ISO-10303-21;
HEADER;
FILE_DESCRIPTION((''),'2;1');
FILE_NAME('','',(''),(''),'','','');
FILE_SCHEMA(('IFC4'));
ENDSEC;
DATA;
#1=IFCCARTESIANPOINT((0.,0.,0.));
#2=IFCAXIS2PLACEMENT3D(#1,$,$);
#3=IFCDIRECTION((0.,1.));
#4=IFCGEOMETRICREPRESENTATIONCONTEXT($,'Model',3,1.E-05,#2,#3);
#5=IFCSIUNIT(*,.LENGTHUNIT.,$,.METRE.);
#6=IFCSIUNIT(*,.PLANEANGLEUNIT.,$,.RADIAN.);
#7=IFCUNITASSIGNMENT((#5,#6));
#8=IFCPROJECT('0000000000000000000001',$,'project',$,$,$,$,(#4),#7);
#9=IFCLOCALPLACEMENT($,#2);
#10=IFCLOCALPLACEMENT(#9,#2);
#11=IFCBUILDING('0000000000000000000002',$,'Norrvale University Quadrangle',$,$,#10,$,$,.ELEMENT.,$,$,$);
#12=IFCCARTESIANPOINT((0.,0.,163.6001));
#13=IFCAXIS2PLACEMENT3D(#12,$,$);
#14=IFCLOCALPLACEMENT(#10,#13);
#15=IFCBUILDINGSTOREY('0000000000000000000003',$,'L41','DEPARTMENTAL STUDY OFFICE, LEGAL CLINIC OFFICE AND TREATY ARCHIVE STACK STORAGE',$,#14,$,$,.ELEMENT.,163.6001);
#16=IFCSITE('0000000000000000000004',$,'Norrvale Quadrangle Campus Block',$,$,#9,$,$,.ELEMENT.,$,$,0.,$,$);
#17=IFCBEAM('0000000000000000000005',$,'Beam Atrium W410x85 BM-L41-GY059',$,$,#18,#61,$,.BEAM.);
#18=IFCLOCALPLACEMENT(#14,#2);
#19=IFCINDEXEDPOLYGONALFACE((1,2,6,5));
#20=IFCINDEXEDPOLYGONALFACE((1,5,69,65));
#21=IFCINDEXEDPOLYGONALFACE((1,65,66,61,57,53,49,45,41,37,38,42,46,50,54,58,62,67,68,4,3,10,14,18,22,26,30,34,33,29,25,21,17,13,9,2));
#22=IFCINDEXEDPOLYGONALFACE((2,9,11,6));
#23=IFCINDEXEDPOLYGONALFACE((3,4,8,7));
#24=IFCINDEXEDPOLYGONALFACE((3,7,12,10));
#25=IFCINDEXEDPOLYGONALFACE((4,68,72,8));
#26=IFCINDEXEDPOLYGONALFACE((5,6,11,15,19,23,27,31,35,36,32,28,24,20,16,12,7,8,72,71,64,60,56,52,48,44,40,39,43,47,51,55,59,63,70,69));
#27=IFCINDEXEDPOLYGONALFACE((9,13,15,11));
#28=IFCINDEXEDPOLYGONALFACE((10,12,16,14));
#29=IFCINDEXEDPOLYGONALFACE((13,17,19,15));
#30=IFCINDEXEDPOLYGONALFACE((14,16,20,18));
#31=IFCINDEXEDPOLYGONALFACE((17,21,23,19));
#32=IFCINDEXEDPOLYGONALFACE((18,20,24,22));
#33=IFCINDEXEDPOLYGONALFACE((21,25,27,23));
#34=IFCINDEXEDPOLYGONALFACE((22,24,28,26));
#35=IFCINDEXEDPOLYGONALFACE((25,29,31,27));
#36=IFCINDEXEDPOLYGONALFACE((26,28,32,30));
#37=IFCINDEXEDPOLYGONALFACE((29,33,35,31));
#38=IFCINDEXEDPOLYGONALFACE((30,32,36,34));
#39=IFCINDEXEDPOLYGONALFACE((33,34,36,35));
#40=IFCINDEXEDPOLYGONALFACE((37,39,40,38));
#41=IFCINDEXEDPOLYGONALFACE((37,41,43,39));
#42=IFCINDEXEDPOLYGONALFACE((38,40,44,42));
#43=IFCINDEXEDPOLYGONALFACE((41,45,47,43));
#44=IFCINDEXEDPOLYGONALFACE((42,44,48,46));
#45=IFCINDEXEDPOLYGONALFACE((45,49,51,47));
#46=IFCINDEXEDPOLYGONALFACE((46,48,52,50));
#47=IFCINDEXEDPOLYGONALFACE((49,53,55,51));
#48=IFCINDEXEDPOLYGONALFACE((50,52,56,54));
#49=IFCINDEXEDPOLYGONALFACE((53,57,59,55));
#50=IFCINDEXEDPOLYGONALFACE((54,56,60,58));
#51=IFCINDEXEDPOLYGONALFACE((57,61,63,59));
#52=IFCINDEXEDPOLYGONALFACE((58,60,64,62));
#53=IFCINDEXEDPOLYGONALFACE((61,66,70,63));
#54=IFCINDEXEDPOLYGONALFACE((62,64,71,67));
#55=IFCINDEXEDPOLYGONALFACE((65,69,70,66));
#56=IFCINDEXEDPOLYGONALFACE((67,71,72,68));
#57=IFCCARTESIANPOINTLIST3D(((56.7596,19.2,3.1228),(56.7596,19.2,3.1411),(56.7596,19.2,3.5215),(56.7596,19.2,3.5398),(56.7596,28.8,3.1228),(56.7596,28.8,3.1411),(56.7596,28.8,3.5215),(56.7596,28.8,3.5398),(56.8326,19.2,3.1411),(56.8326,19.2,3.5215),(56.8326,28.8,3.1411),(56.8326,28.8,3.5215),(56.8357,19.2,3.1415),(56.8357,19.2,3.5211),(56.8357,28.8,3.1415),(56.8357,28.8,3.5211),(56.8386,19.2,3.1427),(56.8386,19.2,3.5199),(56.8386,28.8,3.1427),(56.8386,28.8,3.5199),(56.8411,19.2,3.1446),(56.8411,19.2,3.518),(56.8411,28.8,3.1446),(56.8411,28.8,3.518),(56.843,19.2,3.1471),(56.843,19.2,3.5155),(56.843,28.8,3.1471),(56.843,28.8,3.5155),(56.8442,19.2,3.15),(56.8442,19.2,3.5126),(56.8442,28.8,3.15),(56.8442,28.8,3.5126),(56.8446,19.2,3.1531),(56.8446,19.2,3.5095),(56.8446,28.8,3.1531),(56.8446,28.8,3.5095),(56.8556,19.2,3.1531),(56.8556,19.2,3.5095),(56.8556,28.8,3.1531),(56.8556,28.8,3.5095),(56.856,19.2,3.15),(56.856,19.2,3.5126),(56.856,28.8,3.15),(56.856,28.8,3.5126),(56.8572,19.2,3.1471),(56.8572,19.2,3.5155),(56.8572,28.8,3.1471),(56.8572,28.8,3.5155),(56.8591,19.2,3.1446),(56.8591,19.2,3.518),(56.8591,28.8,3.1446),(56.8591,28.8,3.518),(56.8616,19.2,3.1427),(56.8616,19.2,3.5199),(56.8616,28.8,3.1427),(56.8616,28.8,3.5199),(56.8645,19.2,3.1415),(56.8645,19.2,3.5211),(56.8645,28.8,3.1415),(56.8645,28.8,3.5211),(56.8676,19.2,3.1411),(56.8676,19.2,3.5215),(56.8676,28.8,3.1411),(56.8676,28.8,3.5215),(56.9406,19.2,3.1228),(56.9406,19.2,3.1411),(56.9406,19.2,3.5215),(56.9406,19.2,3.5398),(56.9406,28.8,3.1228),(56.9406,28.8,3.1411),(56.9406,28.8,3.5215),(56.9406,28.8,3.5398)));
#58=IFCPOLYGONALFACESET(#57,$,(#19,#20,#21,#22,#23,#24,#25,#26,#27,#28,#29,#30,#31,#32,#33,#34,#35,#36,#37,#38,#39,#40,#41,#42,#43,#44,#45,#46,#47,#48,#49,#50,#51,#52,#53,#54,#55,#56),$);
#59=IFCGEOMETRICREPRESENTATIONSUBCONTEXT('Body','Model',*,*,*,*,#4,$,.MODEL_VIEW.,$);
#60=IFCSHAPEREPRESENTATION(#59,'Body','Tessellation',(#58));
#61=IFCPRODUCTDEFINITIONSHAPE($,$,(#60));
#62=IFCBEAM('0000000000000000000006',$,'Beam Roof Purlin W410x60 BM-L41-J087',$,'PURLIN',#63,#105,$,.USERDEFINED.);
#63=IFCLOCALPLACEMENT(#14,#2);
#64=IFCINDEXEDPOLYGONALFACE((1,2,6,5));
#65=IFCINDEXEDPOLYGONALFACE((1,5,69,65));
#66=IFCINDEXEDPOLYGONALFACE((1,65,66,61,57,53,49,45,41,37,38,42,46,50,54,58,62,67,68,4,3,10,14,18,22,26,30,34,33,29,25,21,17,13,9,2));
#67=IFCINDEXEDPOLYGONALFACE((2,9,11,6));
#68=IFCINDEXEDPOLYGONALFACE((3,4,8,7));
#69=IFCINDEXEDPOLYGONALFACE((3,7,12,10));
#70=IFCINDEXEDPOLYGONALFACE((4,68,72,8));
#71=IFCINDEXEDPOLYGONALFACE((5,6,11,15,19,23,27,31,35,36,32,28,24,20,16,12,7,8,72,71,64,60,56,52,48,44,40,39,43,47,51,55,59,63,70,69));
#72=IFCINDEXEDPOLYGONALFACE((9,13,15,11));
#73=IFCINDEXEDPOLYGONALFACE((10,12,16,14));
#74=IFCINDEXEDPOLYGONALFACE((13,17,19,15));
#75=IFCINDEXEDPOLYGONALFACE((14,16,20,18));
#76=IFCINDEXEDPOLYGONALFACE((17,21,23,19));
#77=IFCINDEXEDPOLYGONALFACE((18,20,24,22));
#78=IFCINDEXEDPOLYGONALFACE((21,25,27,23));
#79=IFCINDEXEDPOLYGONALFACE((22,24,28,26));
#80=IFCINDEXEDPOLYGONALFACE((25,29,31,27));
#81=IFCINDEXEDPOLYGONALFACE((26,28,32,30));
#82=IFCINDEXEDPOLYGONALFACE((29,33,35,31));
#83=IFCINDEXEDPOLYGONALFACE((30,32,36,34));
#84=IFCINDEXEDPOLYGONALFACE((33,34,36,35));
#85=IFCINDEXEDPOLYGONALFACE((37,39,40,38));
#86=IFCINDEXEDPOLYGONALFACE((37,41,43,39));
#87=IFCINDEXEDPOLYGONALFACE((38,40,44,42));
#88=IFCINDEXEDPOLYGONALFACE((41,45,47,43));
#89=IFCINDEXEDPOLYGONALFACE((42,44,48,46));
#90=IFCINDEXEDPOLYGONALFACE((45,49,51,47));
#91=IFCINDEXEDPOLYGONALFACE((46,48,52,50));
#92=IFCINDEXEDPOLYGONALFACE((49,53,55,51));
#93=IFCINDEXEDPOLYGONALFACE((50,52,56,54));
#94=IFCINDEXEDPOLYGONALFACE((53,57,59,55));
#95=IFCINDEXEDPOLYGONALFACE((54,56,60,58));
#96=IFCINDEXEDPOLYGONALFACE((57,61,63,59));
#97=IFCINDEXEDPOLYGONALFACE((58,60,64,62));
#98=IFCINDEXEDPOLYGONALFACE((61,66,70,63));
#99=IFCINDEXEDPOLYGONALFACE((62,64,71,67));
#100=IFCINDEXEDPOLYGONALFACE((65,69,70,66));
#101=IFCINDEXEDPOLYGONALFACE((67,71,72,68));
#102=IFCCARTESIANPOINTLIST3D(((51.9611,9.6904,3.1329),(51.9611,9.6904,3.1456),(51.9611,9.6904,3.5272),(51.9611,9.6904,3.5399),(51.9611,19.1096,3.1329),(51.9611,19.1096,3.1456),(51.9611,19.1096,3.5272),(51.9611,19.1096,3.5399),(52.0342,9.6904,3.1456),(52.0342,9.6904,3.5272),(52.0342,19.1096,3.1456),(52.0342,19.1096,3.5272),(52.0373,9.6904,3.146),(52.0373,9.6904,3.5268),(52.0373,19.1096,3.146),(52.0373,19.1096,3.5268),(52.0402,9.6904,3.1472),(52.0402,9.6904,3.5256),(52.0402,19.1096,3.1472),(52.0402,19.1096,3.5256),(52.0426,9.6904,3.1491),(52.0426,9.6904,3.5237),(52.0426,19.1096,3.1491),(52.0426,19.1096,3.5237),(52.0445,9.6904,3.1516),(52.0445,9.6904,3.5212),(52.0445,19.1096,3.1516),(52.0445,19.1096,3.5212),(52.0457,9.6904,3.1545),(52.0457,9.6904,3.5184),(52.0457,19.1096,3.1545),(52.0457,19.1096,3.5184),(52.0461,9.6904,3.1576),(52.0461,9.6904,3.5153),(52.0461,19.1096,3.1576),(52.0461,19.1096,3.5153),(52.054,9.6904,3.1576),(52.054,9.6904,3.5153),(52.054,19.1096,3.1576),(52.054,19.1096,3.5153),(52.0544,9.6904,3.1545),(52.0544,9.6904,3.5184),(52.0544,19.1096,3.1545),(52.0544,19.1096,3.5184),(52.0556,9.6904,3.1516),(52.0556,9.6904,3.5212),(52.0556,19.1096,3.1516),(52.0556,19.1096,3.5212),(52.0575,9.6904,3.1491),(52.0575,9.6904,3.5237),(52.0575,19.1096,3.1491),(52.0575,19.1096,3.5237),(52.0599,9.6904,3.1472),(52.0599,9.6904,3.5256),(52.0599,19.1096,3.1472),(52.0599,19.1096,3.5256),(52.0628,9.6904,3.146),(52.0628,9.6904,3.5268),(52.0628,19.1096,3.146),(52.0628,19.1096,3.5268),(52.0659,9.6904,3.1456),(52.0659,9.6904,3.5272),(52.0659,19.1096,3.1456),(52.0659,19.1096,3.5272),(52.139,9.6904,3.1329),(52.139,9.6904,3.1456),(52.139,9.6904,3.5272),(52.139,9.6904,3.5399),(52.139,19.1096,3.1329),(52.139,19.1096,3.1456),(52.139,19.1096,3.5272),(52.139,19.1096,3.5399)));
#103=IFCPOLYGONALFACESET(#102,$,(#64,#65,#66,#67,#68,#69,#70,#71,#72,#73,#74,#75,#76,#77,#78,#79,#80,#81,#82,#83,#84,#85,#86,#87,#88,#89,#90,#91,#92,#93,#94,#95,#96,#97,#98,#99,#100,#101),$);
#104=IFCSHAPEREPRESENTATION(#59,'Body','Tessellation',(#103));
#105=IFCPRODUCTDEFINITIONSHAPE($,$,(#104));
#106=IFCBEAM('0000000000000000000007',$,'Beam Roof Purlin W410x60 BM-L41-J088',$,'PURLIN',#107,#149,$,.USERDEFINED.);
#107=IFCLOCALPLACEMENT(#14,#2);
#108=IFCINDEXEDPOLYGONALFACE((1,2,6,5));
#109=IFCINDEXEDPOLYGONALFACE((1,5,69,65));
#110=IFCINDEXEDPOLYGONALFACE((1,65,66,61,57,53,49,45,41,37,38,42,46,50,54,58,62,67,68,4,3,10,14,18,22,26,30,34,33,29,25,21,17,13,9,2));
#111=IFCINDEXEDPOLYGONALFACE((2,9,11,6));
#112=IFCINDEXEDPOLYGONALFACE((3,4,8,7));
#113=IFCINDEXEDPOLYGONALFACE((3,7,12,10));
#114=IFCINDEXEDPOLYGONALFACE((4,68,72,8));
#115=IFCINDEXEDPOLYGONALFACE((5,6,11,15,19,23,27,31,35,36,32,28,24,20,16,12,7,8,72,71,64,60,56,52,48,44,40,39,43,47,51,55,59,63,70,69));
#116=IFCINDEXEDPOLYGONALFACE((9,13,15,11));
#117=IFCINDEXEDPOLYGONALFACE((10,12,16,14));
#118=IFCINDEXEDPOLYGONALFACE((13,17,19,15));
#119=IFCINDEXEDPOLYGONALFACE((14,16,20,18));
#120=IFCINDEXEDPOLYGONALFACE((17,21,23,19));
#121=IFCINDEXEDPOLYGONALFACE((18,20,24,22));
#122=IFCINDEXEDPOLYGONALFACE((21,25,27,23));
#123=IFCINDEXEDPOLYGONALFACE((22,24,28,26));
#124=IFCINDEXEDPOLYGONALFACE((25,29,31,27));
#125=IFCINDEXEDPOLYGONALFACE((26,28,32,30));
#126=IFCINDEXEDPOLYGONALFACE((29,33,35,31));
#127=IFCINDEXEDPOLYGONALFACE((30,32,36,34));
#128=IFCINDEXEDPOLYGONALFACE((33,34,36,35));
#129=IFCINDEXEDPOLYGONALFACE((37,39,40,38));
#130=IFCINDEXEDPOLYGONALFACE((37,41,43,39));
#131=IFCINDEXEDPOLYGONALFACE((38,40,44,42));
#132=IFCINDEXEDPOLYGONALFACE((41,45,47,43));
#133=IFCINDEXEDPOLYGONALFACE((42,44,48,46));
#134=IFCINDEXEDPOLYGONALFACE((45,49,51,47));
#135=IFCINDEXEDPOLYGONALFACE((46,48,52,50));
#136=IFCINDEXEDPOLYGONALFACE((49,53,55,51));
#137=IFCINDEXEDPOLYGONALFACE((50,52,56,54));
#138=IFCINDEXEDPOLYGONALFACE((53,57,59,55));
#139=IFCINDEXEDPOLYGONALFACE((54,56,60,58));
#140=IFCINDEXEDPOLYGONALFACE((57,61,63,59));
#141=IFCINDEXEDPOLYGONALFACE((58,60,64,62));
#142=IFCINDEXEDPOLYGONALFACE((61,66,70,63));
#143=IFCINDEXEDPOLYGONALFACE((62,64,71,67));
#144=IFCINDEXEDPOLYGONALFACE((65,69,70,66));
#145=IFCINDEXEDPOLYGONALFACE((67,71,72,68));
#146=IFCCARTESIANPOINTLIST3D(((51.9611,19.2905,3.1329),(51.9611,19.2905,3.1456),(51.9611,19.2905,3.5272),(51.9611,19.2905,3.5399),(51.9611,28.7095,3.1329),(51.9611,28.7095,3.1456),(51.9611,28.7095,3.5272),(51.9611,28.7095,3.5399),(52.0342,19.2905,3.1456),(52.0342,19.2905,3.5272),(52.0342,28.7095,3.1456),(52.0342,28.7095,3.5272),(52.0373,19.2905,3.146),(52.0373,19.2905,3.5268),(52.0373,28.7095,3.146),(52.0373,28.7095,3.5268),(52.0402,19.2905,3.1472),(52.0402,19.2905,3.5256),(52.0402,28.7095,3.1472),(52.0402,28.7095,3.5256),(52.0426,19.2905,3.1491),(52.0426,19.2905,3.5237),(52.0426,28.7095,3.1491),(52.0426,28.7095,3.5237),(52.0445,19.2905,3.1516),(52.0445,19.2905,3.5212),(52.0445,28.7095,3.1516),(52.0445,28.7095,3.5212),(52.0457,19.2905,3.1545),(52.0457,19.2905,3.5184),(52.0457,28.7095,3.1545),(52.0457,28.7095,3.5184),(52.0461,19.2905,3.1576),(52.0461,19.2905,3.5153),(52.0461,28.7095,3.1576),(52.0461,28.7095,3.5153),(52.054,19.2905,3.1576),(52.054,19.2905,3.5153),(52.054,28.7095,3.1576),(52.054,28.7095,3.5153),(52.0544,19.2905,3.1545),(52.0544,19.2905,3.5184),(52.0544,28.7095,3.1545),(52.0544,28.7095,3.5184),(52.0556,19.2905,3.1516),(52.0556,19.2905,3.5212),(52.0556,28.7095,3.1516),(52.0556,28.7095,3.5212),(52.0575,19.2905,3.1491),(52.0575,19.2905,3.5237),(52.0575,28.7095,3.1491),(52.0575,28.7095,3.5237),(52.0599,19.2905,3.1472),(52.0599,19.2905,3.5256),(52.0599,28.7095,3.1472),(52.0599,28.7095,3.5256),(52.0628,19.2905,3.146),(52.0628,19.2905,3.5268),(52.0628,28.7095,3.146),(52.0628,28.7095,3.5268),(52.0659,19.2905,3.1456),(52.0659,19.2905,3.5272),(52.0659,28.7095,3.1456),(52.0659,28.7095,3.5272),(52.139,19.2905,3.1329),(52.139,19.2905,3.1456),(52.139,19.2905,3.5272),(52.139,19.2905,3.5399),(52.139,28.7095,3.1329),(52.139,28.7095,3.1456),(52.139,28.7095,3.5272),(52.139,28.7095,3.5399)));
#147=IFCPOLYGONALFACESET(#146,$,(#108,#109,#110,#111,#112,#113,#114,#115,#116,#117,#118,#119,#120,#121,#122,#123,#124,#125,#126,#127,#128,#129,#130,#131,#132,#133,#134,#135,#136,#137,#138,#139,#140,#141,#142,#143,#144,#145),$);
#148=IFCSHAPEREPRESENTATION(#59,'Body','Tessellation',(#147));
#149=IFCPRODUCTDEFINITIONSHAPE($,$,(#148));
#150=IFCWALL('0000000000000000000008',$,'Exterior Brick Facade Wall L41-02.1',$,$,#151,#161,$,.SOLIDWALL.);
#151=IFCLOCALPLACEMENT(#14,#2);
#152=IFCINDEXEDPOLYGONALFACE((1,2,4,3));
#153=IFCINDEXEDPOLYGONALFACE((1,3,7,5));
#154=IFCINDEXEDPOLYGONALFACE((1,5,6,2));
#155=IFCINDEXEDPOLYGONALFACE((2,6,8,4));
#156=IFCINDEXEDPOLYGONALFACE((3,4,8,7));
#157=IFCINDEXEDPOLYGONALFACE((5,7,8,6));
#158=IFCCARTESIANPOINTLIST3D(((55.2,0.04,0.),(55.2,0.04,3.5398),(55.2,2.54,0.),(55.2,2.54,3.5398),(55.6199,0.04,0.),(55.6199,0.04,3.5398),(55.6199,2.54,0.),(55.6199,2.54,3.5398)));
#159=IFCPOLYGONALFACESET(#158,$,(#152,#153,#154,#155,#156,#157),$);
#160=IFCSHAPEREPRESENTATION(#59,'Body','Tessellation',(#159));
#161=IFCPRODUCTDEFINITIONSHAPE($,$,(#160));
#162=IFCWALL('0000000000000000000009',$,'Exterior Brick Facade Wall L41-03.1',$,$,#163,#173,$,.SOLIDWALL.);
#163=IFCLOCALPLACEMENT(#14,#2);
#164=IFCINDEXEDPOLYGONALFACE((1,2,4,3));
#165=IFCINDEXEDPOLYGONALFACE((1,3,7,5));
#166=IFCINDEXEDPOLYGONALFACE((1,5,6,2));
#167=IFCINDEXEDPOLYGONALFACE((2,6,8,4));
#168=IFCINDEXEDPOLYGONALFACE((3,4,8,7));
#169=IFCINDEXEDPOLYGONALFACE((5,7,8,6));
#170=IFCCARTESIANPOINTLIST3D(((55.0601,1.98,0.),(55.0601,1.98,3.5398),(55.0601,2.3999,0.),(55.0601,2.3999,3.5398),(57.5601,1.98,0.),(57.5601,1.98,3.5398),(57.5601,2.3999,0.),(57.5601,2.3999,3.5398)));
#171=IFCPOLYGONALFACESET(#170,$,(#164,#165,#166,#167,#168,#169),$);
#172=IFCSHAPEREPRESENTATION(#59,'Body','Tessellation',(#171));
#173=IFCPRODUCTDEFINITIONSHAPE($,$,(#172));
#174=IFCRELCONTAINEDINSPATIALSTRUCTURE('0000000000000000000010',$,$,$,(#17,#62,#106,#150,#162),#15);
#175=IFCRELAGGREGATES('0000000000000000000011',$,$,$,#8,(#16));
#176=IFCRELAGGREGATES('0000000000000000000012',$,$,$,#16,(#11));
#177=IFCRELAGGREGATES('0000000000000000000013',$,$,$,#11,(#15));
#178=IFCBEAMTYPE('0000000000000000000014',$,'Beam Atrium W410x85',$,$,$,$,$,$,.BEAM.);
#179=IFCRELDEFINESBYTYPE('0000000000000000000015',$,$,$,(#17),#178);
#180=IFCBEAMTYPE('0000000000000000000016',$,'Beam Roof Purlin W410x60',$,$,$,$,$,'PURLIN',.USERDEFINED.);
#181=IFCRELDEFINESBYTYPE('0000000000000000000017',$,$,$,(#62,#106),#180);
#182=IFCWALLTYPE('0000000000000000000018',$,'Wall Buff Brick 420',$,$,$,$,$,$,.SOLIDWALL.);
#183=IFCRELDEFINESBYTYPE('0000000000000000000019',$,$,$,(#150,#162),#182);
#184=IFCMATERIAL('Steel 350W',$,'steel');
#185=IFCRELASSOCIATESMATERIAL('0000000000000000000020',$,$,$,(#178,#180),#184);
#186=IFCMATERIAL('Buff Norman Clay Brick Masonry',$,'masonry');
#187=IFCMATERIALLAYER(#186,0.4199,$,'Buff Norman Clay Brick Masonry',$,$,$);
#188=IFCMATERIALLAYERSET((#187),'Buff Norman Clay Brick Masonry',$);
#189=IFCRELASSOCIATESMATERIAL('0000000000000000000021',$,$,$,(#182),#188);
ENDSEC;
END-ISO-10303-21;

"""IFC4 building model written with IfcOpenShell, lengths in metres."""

from ifc_helpers import new_model, si_unit, direction, frame, frame_2d, origin, origin_2d, place, context, subcontext, project, spatial, rectangle, i_section, extrude, material, layer, layer_set, material_profile, profile_set, type_object, element, save


model = new_model("IFC4")

# Units and contexts
model_context = context("Model", 3, precision=1e-05, world=origin(), true_north=direction((0.0, 1.0)))
body_context = subcontext(model_context, "Body", "Model", "MODEL_VIEW")
ifc_project = project(units=[si_unit("LENGTHUNIT", "METRE"), si_unit("PLANEANGLEUNIT", "RADIAN")], contexts=[model_context])

# Site, building, storey
site_placement = place(None, origin())
site = spatial("IfcSite", under=ifc_project, at=site_placement, Name="Norrvale Quadrangle Campus Block", CompositionType="ELEMENT", RefElevation=0.0)
building_placement = place(site_placement, origin())
building = spatial("IfcBuilding", under=site, at=building_placement, Name="Norrvale University Quadrangle", CompositionType="ELEMENT")
storey_placement = place(building_placement, frame((0.0, 0.0, 163.6001)))
storey = spatial("IfcBuildingStorey", under=building, at=storey_placement, Name="L41", Description="DEPARTMENTAL STUDY OFFICE, LEGAL CLINIC OFFICE AND TREATY ARCHIVE STACK STORAGE", CompositionType="ELEMENT", Elevation=163.6001)

# Beams
ifc_material_1 = material(Name="Steel 350W", Category="steel")
ifc_material_profile_1 = material_profile(ifc_material_1, i_section(OverallWidth=0.1809, OverallDepth=0.417, WebThickness=0.011, FlangeThickness=0.0183, FilletRadius=0.012, at=origin_2d()), Name="Steel 350W")
ifc_profile_set_1 = profile_set([ifc_material_profile_1], Name="Steel 350W")
beam_type_1 = type_object("IfcBeamType", Name="Beam Atrium W410x85", PredefinedType="BEAM", material=ifc_profile_set_1)
beam_1_placement = place(storey_placement, frame((56.8501, 19.2, 3.3313), z_axis=(0.0, 1.0, 0.0), x_axis=(-1.0, 0.0, 0.0)))
element("IfcBeam", 1, at=beam_1_placement, inside=storey, type_object=beam_type_1, Name="Beam Atrium W410x85 BM-L41-GY059", PredefinedType="BEAM", context=body_context, shape_type="SweptSolid", body=[
    extrude(i_section(OverallWidth=0.1809, OverallDepth=0.417, WebThickness=0.011, FlangeThickness=0.0183, FilletRadius=0.012, at=origin_2d()), origin(), (0.0, 0.0, 1.0), 9.6001),
])
ifc_material_profile_2 = material_profile(ifc_material_1, i_section(OverallWidth=0.178, OverallDepth=0.407, WebThickness=0.0078, FlangeThickness=0.0127, FilletRadius=0.012, at=origin_2d()), Name="Steel 350W")
ifc_profile_set_2 = profile_set([ifc_material_profile_2], Name="Steel 350W")
beam_type_2 = type_object("IfcBeamType", Name="Beam Roof Purlin W410x60", ElementType="PURLIN", PredefinedType="USERDEFINED", material=ifc_profile_set_2)
beam_2_placement = place(storey_placement, frame((52.05, 9.6904, 3.3364), z_axis=(0.0, 1.0, 0.0), x_axis=(-1.0, 0.0, 0.0)))
element("IfcBeam", 2, at=beam_2_placement, inside=storey, type_object=beam_type_2, Name="Beam Roof Purlin W410x60 BM-L41-J087", ObjectType="PURLIN", PredefinedType="USERDEFINED", context=body_context, shape_type="SweptSolid", body=[
    extrude(i_section(OverallWidth=0.178, OverallDepth=0.407, WebThickness=0.0078, FlangeThickness=0.0127, FilletRadius=0.012, at=origin_2d()), origin(), (0.0, 0.0, 1.0), 9.4192),
])
beam_3_placement = place(storey_placement, frame((52.05, 19.2905, 3.3364), z_axis=(0.0, 1.0, 0.0), x_axis=(-1.0, 0.0, 0.0)))
element("IfcBeam", 3, at=beam_3_placement, inside=storey, type_object=beam_type_2, Name="Beam Roof Purlin W410x60 BM-L41-J088", ObjectType="PURLIN", PredefinedType="USERDEFINED", context=body_context, shape_type="SweptSolid", body=[
    extrude(i_section(OverallWidth=0.178, OverallDepth=0.407, WebThickness=0.0078, FlangeThickness=0.0127, FilletRadius=0.012, at=origin_2d()), origin(), (0.0, 0.0, 1.0), 9.4189),
])

# Walls
ifc_material_2 = material(Name="Buff Norman Clay Brick Masonry", Category="masonry")
ifc_layer_1 = layer(ifc_material_2, 0.4199, Name="Buff Norman Clay Brick Masonry")
ifc_layer_set_1 = layer_set([ifc_layer_1], Name="Buff Norman Clay Brick Masonry")
wall_type_1 = type_object("IfcWallType", Name="Wall Buff Brick 420", PredefinedType="SOLIDWALL", material=ifc_layer_set_1)
for number, where, z_axis, x_axis, name in (
    (4, (55.4099, 0.04, 0.0), (0.0, 0.0, 1.0), (0.0, 1.0, 0.0), "Exterior Brick Facade Wall L41-02.1"),
    (5, (55.0601, 2.1899, 0.0), (0.0, 0.0, 1.0), (1.0, 0.0, 0.0), "Exterior Brick Facade Wall L41-03.1"),
):
    element("IfcWall", number, at=place(storey_placement, frame(where, z_axis=z_axis, x_axis=x_axis)), inside=storey, type_object=wall_type_1, Name=name, PredefinedType="SOLIDWALL", context=body_context, shape_type="SweptSolid", body=[
        extrude(rectangle(XDim=2.5, YDim=0.4199, at=frame_2d((1.25, 0.0))), origin(), (0.0, 0.0, 1.0), 3.5398),
    ])

save(model, "model.ifc")
